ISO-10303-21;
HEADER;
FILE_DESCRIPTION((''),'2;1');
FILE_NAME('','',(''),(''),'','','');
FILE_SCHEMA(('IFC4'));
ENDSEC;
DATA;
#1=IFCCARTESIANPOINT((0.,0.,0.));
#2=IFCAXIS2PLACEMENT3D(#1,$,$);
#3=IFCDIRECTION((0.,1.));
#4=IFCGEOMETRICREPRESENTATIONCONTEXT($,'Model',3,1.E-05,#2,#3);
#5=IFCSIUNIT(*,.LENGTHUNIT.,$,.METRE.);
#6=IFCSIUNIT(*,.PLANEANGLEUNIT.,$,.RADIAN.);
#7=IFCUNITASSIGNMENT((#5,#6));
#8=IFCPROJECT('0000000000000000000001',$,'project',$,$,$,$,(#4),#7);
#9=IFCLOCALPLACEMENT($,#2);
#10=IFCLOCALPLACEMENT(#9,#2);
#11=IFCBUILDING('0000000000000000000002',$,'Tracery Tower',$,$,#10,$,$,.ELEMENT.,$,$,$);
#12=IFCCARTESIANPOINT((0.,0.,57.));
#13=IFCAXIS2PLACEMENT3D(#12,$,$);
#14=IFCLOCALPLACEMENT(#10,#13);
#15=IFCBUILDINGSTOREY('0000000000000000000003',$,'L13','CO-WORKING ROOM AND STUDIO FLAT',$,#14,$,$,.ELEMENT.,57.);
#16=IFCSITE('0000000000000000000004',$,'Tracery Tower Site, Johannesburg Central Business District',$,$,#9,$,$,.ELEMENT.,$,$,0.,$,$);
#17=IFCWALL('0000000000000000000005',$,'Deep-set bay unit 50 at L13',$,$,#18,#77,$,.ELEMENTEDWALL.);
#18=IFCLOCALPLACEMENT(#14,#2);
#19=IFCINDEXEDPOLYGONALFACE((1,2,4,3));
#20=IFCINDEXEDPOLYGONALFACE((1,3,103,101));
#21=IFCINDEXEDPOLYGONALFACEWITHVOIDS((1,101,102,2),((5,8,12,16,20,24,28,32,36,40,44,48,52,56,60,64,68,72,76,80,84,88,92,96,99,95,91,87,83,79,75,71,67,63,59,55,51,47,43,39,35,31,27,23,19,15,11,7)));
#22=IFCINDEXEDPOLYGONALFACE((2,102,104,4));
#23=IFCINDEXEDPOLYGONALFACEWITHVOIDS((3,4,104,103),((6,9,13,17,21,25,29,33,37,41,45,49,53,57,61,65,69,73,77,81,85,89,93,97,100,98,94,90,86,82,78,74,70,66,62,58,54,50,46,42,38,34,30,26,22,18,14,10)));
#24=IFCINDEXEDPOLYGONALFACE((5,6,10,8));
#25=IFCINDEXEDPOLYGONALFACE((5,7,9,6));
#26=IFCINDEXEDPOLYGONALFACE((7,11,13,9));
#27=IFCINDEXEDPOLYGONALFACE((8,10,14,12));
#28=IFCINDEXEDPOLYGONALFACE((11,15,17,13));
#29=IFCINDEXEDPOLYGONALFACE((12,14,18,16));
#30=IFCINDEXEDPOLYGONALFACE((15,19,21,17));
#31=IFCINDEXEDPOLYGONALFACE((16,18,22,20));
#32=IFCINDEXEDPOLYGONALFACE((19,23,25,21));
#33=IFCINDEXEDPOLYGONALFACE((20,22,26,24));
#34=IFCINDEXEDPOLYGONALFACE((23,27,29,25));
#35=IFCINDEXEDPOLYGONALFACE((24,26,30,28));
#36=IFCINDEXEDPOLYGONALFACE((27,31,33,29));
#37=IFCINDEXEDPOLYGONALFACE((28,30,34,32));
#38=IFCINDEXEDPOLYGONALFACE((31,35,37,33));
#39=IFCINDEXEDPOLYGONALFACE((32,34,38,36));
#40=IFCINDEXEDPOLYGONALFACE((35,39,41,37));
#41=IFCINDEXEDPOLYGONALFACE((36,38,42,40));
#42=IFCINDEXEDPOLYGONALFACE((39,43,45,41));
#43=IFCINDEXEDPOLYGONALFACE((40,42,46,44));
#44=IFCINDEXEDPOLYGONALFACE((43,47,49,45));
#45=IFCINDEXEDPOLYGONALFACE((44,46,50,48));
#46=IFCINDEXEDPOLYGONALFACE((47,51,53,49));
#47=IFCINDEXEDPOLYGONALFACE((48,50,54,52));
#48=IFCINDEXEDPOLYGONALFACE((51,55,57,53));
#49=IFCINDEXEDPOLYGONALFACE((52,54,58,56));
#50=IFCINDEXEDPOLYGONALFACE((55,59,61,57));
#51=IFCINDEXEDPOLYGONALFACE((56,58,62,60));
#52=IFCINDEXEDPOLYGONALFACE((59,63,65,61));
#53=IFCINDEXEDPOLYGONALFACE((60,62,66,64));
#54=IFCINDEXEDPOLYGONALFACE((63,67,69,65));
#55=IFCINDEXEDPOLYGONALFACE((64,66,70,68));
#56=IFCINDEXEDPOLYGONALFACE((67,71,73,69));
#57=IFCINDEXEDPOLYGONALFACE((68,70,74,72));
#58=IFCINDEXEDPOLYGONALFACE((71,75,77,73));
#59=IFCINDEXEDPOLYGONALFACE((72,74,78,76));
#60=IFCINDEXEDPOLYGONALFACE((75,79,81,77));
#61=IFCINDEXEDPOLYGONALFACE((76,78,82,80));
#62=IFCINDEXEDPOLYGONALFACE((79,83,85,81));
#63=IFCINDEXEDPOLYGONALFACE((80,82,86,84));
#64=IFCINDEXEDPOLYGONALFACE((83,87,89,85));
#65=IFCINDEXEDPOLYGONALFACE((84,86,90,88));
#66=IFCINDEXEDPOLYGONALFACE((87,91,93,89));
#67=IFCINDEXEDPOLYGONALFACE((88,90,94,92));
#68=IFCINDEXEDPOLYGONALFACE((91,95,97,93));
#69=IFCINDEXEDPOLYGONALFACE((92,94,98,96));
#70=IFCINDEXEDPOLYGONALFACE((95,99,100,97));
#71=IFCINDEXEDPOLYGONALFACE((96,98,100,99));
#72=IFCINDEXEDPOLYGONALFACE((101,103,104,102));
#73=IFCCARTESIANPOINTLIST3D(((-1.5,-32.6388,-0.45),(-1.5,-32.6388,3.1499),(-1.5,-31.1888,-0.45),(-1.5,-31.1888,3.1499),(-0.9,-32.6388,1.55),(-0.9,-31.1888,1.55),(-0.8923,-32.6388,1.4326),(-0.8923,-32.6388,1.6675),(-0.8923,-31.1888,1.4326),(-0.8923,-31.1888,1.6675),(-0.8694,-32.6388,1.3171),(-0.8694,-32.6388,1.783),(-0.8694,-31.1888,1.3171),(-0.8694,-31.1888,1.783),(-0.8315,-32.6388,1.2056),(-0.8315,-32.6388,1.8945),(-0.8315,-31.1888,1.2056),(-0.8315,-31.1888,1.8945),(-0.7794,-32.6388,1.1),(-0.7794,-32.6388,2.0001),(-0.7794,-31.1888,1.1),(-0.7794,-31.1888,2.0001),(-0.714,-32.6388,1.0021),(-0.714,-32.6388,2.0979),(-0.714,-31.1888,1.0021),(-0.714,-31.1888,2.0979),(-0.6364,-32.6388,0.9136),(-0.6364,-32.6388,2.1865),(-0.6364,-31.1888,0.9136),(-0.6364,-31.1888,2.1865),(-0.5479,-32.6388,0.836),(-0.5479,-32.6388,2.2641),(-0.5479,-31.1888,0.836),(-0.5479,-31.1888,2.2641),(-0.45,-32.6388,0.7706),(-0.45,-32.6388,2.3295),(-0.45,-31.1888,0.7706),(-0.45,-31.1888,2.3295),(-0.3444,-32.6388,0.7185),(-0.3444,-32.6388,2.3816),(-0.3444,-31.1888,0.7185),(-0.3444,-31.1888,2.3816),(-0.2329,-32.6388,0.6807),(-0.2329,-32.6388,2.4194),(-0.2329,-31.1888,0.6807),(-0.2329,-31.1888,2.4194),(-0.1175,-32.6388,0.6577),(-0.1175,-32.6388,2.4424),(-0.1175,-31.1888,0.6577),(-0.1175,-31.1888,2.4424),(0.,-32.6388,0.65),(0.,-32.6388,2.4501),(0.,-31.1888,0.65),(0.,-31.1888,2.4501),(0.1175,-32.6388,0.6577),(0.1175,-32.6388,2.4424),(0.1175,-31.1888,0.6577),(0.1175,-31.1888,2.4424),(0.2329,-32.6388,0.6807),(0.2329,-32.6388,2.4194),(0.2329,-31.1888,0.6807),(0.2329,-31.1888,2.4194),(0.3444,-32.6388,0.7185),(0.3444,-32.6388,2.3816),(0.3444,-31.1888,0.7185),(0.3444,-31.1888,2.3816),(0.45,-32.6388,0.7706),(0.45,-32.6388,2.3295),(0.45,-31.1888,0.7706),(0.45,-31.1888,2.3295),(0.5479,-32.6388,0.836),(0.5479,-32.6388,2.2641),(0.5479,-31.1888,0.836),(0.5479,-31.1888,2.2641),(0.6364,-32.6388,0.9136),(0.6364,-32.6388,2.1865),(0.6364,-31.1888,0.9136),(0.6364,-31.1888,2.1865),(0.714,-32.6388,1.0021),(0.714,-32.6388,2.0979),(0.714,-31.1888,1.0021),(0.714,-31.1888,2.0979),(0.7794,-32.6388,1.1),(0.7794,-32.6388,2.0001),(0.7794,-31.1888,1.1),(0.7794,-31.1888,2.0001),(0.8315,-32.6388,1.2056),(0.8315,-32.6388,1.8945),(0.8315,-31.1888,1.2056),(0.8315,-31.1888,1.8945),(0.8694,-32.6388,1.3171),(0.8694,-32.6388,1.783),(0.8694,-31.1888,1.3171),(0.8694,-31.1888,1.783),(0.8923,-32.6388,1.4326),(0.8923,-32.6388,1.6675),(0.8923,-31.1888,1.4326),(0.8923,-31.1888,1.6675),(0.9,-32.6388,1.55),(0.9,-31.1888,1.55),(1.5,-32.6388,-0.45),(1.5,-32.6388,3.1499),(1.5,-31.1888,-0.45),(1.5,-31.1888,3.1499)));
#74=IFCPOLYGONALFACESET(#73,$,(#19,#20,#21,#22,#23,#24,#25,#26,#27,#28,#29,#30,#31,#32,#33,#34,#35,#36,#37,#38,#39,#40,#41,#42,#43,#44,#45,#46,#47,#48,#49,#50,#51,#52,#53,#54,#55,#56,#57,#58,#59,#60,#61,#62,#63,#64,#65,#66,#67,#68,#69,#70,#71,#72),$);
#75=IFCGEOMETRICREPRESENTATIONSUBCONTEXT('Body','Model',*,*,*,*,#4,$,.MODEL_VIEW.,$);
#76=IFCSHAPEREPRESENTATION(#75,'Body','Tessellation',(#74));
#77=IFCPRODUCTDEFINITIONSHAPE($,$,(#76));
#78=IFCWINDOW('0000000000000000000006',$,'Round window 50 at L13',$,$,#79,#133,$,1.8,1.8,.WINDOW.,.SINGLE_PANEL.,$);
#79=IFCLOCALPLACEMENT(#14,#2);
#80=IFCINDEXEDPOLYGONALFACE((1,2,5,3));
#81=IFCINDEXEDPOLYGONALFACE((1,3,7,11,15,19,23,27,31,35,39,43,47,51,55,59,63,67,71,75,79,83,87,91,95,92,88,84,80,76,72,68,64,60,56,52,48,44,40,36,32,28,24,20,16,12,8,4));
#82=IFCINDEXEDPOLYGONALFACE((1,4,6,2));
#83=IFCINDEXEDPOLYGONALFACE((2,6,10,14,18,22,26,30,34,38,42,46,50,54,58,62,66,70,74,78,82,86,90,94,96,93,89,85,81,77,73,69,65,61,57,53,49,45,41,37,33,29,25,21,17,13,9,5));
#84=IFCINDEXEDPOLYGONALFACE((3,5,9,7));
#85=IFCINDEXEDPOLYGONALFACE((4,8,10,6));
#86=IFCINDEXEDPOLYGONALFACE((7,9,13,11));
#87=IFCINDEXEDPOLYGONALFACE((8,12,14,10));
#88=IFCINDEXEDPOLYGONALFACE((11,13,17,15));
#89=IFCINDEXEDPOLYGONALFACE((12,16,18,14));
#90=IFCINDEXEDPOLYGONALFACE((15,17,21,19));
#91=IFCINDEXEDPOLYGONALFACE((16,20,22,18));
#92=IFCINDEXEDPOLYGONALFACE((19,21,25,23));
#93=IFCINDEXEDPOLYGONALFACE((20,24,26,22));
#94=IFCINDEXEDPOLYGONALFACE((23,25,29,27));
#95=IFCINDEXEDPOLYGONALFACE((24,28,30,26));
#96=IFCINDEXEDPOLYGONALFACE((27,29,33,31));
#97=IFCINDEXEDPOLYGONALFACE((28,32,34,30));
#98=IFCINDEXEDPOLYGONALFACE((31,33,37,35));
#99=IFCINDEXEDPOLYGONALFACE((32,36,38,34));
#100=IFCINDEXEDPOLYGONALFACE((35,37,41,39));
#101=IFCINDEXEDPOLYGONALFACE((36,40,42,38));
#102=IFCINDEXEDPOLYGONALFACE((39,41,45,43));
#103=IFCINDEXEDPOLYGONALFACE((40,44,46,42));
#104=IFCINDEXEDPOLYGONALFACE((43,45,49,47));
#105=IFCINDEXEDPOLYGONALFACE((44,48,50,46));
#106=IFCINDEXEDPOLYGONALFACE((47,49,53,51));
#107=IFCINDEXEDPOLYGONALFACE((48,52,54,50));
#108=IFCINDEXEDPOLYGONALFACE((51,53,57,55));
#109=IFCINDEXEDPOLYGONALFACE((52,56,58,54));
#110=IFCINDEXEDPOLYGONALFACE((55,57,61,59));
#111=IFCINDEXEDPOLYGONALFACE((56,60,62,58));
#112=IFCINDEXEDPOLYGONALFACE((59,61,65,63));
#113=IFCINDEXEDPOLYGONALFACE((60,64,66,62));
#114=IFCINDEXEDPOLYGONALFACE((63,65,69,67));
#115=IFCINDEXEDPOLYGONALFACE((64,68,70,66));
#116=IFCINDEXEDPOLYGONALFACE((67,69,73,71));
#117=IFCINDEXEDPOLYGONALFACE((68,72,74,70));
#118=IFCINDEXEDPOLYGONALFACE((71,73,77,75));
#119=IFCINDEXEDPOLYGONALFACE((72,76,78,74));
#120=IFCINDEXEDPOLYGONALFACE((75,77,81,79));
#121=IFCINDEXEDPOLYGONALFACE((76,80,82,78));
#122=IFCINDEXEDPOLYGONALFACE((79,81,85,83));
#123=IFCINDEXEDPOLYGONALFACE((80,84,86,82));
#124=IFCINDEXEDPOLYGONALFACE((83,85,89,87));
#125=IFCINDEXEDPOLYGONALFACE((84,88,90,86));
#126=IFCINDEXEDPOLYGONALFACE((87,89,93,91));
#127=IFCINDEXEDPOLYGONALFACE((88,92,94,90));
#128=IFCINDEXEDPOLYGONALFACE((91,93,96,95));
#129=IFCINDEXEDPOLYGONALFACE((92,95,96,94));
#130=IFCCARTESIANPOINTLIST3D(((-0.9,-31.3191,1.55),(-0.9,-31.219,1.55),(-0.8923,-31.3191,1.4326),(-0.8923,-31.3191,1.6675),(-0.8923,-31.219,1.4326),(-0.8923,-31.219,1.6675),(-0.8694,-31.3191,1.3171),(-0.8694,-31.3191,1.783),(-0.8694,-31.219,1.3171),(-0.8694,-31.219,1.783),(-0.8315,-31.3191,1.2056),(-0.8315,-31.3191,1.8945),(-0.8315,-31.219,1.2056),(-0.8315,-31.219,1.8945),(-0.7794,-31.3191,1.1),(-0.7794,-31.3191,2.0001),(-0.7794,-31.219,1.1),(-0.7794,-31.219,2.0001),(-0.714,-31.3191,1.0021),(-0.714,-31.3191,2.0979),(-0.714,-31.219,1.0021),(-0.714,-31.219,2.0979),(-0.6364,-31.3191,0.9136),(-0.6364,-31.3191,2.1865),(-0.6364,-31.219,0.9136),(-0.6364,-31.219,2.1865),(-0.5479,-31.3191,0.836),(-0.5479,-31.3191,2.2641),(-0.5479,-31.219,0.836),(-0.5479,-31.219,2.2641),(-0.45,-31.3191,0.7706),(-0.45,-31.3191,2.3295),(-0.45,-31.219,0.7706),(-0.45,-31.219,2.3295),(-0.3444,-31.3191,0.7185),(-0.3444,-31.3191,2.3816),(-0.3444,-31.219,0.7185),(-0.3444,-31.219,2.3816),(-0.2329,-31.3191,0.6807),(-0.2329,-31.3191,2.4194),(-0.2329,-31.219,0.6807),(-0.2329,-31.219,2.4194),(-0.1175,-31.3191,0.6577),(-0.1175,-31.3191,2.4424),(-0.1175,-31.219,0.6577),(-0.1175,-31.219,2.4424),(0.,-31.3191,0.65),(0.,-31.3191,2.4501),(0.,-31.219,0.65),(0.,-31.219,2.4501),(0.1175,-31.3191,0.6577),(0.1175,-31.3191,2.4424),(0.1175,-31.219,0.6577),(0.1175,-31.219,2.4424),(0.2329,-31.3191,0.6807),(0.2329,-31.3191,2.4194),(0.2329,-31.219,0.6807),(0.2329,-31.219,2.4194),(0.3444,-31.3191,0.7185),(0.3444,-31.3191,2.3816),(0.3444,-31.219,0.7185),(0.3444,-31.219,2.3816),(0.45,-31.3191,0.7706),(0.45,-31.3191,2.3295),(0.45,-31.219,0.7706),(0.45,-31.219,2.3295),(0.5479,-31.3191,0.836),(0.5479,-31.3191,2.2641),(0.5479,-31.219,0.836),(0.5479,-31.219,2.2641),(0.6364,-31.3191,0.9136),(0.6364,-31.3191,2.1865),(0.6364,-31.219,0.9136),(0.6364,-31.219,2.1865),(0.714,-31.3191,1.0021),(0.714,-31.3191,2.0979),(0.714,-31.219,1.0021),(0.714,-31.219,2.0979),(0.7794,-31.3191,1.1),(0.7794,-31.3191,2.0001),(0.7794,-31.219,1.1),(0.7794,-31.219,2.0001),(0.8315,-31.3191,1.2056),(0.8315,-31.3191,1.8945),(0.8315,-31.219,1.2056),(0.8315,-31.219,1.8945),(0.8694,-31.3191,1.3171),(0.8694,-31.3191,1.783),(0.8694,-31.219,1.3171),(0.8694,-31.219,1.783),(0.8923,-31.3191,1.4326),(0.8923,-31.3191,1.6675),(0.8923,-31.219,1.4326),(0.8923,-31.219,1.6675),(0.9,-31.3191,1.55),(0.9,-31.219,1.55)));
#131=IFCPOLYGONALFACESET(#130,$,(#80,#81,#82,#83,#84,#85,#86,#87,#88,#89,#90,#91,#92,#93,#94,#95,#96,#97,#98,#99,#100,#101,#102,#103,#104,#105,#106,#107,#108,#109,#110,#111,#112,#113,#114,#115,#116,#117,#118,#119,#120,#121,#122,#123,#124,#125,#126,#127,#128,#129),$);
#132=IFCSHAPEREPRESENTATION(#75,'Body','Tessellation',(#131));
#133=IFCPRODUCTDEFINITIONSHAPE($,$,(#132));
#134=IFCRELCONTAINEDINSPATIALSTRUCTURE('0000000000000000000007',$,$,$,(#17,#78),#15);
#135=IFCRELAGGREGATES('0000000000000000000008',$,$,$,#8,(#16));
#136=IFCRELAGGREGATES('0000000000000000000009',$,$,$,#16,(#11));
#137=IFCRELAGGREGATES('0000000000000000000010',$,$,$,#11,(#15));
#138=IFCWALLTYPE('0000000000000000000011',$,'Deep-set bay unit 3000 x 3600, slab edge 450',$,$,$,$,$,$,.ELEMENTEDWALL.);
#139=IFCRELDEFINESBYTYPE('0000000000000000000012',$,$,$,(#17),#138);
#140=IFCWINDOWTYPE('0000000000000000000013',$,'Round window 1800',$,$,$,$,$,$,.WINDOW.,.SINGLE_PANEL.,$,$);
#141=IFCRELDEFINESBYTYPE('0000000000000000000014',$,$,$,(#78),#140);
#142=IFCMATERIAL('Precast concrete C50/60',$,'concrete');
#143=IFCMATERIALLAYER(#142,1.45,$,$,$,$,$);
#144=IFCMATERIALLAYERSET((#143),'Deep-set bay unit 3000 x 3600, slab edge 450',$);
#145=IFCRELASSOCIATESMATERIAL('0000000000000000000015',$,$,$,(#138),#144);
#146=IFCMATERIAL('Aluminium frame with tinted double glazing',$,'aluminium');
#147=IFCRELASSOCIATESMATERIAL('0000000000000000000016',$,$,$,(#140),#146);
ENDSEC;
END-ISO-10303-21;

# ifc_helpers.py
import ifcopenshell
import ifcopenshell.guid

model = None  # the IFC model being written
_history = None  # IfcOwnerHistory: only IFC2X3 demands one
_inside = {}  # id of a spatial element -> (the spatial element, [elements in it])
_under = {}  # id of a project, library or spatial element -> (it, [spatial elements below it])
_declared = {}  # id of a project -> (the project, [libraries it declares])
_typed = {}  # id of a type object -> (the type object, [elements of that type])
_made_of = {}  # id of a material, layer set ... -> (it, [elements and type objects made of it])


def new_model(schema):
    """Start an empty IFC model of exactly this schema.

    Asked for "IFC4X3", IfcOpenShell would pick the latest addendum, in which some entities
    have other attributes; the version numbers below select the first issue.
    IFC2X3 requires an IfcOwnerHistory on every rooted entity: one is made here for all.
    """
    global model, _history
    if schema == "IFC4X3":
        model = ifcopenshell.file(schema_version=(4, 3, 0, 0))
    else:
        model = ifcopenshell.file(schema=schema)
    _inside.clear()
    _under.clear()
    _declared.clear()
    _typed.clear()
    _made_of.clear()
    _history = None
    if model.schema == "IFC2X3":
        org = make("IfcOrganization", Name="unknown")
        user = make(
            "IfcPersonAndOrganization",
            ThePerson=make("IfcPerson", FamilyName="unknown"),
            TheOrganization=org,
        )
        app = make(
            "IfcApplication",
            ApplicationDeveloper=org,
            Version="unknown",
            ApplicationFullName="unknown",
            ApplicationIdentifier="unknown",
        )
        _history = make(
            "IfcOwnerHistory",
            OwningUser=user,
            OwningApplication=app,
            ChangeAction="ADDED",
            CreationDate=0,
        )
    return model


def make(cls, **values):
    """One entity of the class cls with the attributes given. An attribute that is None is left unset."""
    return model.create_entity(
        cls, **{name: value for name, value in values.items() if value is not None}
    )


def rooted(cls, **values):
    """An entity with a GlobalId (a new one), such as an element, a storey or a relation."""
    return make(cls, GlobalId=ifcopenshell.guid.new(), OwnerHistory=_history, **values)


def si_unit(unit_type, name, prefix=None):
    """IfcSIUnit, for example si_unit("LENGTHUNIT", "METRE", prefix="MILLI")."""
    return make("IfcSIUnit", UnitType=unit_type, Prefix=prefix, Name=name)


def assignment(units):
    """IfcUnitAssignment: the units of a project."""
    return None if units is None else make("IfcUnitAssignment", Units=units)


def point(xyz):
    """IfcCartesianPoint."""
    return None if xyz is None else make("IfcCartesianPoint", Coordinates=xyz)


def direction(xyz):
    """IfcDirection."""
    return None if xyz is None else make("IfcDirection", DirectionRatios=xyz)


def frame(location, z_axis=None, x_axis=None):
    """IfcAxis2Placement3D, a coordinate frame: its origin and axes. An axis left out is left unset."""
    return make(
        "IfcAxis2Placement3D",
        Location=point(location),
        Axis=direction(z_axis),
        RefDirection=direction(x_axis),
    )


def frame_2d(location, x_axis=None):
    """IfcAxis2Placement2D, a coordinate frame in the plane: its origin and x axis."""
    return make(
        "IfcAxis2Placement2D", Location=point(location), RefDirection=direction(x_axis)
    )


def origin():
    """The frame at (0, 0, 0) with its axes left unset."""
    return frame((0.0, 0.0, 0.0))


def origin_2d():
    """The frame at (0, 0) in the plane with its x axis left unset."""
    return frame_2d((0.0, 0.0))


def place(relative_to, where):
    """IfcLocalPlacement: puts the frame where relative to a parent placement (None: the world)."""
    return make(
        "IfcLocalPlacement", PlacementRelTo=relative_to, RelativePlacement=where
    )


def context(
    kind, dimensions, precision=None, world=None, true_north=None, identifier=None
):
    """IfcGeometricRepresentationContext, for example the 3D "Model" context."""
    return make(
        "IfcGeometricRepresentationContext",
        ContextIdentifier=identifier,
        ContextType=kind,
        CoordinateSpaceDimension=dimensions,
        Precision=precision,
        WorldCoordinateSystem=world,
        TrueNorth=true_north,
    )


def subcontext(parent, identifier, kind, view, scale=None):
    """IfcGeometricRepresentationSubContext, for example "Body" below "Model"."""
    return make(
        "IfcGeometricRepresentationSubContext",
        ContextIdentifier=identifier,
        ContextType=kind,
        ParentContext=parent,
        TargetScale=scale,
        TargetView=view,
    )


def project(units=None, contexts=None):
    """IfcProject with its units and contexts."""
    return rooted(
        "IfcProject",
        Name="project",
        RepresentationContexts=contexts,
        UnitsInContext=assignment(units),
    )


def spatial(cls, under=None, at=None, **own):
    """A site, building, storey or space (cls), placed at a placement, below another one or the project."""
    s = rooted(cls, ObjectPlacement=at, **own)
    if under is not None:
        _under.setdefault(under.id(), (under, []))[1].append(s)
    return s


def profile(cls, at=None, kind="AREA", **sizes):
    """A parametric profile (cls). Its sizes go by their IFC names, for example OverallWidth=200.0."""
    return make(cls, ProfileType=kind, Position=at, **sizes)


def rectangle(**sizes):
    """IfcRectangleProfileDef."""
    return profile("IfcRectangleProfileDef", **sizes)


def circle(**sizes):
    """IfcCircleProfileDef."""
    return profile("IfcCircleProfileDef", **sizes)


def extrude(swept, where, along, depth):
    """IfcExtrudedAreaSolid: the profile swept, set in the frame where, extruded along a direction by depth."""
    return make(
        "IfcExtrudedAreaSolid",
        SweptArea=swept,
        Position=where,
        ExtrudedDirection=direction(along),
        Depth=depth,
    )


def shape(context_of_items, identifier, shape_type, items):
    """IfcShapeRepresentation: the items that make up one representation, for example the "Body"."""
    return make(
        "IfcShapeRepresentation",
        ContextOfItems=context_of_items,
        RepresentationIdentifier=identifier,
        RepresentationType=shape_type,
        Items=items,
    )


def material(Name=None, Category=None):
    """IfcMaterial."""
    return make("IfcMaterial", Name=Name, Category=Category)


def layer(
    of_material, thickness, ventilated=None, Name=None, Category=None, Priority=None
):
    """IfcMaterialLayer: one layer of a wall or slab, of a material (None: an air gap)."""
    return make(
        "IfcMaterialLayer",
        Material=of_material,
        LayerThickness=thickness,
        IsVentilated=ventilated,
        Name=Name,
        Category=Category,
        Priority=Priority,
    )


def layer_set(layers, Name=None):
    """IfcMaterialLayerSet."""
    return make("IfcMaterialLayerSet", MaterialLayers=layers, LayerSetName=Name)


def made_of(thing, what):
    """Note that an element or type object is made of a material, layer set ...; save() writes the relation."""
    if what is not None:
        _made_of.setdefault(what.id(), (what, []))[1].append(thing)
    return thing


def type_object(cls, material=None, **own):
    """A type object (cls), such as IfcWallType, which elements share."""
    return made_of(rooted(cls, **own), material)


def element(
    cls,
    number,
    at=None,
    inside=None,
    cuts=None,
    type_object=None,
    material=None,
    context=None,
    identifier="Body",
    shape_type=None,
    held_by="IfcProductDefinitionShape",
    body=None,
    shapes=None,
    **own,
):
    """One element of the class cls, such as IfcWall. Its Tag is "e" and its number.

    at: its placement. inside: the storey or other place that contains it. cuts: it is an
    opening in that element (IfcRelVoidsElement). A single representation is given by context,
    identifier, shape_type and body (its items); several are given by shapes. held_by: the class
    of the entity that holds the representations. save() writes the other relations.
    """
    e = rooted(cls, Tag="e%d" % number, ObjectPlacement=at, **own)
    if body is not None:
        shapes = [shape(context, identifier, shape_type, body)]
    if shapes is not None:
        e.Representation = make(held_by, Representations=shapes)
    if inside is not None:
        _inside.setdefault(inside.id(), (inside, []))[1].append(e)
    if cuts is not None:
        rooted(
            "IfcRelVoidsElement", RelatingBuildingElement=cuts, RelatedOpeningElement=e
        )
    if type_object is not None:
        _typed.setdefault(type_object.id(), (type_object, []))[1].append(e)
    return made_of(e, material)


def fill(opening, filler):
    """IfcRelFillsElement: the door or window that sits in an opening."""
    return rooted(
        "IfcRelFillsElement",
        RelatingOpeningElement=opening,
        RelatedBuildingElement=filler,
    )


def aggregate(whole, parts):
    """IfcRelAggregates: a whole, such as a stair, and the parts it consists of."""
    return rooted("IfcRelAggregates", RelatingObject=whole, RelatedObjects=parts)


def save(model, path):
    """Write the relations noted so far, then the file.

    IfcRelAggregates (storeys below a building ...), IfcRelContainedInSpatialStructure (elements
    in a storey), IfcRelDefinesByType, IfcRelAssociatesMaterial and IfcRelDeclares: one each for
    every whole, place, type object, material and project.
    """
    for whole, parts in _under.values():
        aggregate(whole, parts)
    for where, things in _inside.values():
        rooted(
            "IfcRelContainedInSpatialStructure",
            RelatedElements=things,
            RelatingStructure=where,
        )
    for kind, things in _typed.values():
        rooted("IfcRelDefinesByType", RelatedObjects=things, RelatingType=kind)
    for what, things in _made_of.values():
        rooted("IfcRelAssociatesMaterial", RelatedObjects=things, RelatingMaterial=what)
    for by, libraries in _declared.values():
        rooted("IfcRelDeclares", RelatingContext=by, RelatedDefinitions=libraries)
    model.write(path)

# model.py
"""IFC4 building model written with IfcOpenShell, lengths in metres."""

from ifc_helpers import new_model, si_unit, direction, frame, frame_2d, origin, origin_2d, place, context, subcontext, project, spatial, rectangle, circle, extrude, material, layer, layer_set, type_object, element, fill, save


model = new_model("IFC4")

# Units and contexts
model_context = context("Model", 3, precision=1e-05, world=origin(), true_north=direction((0.0, 1.0)))
body_context = subcontext(model_context, "Body", "Model", "MODEL_VIEW")
ifc_project = project(units=[si_unit("LENGTHUNIT", "METRE"), si_unit("PLANEANGLEUNIT", "RADIAN")], contexts=[model_context])

# Site, building, storey
site_placement = place(None, origin())
site = spatial("IfcSite", under=ifc_project, at=site_placement, Name="Tracery Tower Site, Johannesburg Central Business District", CompositionType="ELEMENT", RefElevation=0.0)
building_placement = place(site_placement, origin())
building = spatial("IfcBuilding", under=site, at=building_placement, Name="Tracery Tower", CompositionType="ELEMENT")
storey_placement = place(building_placement, frame((0.0, 0.0, 57.0)))
storey = spatial("IfcBuildingStorey", under=building, at=storey_placement, Name="L13", Description="CO-WORKING ROOM AND STUDIO FLAT", CompositionType="ELEMENT", Elevation=57.0)

# Wall, opening, window
ifc_material_1 = material(Name="Precast concrete C50/60", Category="concrete")
ifc_layer_1 = layer(ifc_material_1, 1.45)
ifc_layer_set_1 = layer_set([ifc_layer_1], Name="Deep-set bay unit 3000 x 3600, slab edge 450")
wall_type_1 = type_object("IfcWallType", Name="Deep-set bay unit 3000 x 3600, slab edge 450", PredefinedType="ELEMENTEDWALL", material=ifc_layer_set_1)
ifc_material_2 = material(Name="Aluminium frame with tinted double glazing", Category="aluminium")
window_type = type_object("IfcWindowType", Name="Round window 1800", PartitioningType="SINGLE_PANEL", PredefinedType="WINDOW", material=ifc_material_2)
wall_1_placement = place(storey_placement, frame((-1.5, -31.9138, -0.45), z_axis=(0.0, 0.0, 1.0), x_axis=(1.0, 0.0, 0.0)))
wall_1 = element("IfcWall", 1, at=wall_1_placement, inside=storey, type_object=wall_type_1, Name="Deep-set bay unit 50 at L13", PredefinedType="ELEMENTEDWALL", context=body_context, shape_type="SweptSolid", body=[
    extrude(rectangle(XDim=3.0, YDim=1.45, at=frame_2d((1.5, 0.0))), origin(), (0.0, 0.0, 1.0), 3.5999),
])
opening_1_placement = place(wall_1_placement, frame((1.5, 0.0, 2.0)))
opening_1 = element("IfcOpeningElement", 2, at=opening_1_placement, cuts=wall_1, PredefinedType="OPENING", context=body_context, shape_type="SweptSolid", body=[
    extrude(circle(Radius=0.9, at=origin_2d()), frame((0.0, 0.7349, 0.0), z_axis=(0.0, -1.0, 0.0), x_axis=(1.0, 0.0, 0.0)), (0.0, 0.0, 1.0), 1.47),
])
window_1_placement = place(opening_1_placement, origin())
window_1 = element("IfcWindow", 3, at=window_1_placement, inside=storey, type_object=window_type, Name="Round window 50 at L13", OverallHeight=1.8, OverallWidth=1.8, PartitioningType="SINGLE_PANEL", PredefinedType="WINDOW", context=body_context, shape_type="SweptSolid", body=[
    extrude(circle(Radius=0.9, at=origin_2d()), frame((0.0, 0.6948, 0.0), z_axis=(0.0, -1.0, 0.0), x_axis=(1.0, 0.0, 0.0)), (0.0, 0.0, 1.0), 0.1001),
])
fill(opening_1, window_1)

save(model, "model.ifc")
